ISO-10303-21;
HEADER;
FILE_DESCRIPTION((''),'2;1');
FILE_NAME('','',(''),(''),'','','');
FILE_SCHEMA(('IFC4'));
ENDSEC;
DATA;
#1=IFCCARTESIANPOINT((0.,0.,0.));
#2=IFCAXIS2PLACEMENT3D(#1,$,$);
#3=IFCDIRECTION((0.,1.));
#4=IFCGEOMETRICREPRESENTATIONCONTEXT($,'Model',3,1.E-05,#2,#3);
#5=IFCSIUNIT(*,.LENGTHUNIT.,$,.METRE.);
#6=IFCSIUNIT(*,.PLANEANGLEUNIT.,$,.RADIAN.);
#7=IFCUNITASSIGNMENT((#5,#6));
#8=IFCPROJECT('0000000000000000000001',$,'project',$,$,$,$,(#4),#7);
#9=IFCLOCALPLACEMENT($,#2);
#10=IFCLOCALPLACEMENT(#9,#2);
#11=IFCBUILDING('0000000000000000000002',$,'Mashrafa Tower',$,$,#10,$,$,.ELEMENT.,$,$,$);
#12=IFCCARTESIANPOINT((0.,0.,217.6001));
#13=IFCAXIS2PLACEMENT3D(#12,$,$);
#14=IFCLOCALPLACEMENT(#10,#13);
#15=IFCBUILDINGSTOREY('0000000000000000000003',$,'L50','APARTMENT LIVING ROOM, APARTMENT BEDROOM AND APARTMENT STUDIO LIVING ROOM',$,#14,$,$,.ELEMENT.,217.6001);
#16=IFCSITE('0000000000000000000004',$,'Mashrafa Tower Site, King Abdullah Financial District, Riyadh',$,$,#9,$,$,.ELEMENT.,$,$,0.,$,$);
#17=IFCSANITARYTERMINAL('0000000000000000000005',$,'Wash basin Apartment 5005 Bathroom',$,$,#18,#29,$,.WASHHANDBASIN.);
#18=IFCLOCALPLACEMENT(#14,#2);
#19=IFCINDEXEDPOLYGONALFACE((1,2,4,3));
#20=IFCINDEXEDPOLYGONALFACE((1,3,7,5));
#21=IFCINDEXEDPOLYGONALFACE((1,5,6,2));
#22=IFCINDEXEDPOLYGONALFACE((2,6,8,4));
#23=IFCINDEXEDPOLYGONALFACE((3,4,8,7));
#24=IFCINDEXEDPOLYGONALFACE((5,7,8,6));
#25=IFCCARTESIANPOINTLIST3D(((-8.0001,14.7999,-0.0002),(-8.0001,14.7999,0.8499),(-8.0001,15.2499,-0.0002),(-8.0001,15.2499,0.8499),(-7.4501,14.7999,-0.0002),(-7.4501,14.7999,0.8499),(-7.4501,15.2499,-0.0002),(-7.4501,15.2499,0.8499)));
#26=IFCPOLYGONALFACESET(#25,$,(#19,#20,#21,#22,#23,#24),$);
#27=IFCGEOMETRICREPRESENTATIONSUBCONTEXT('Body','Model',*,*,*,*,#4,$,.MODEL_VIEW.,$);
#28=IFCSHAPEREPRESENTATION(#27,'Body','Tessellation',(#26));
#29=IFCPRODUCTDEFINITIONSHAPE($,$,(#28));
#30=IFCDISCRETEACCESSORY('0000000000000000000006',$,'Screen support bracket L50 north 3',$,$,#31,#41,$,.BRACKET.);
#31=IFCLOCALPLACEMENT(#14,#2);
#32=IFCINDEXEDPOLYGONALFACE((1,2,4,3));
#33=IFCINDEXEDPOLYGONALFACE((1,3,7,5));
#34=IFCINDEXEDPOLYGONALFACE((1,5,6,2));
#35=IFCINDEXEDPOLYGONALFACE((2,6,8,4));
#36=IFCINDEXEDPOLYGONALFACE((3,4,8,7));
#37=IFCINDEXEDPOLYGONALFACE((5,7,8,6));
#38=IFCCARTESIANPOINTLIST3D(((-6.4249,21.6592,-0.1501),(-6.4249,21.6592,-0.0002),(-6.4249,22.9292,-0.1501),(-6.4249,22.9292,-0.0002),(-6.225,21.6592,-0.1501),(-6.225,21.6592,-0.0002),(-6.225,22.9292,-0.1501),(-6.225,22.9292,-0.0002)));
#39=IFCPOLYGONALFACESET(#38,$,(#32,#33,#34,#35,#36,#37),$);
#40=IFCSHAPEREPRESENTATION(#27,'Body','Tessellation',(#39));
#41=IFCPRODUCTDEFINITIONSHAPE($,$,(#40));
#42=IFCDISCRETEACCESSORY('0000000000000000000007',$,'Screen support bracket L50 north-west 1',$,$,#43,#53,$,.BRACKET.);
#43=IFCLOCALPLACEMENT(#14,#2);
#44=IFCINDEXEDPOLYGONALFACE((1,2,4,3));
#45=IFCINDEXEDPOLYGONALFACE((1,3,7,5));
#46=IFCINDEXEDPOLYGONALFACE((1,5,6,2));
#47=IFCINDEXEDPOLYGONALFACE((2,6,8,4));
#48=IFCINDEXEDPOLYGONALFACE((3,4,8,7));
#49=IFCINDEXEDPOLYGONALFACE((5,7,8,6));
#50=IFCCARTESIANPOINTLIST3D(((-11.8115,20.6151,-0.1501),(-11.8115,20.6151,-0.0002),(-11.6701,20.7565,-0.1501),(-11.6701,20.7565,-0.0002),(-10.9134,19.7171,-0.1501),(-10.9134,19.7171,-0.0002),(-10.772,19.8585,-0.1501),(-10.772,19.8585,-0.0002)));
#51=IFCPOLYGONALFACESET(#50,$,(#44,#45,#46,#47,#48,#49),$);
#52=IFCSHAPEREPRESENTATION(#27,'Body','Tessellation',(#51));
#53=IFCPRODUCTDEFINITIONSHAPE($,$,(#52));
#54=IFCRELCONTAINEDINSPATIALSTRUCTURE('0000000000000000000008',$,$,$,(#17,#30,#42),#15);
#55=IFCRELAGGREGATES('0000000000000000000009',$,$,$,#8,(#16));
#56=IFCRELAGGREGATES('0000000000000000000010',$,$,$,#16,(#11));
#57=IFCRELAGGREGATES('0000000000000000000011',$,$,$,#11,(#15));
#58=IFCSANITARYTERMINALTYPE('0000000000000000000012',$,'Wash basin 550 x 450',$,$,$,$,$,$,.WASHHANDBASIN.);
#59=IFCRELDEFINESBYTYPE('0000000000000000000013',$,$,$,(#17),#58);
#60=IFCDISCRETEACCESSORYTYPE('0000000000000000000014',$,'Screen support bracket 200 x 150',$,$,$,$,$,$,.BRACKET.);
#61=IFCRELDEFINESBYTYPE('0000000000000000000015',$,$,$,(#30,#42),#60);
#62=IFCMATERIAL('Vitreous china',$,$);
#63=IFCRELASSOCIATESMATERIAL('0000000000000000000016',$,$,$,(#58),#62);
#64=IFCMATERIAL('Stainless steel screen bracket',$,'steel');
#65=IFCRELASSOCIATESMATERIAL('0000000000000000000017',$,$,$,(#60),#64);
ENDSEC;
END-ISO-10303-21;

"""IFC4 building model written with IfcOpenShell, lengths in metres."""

from ifc_helpers import new_model, si_unit, direction, frame, origin, origin_2d, place, context, subcontext, project, spatial, rectangle, extrude, source, transform, mapped, material, type_object, type_shapes, element, save


model = new_model("IFC4")

# Units and contexts
model_context = context("Model", 3, precision=1e-05, world=origin(), true_north=direction((0.0, 1.0)))
body_context = subcontext(model_context, "Body", "Model", "MODEL_VIEW")
ifc_project = project(units=[si_unit("LENGTHUNIT", "METRE"), si_unit("PLANEANGLEUNIT", "RADIAN")], contexts=[model_context])

# Site, building, storey
site_placement = place(None, origin())
site = spatial("IfcSite", under=ifc_project, at=site_placement, Name="Mashrafa Tower Site, King Abdullah Financial District, Riyadh", CompositionType="ELEMENT", RefElevation=0.0)
building_placement = place(site_placement, origin())
building = spatial("IfcBuilding", under=site, at=building_placement, Name="Mashrafa Tower", CompositionType="ELEMENT")
storey_placement = place(building_placement, frame((0.0, 0.0, 217.6001)))
storey = spatial("IfcBuildingStorey", under=building, at=storey_placement, Name="L50", Description="APARTMENT LIVING ROOM, APARTMENT BEDROOM AND APARTMENT STUDIO LIVING ROOM", CompositionType="ELEMENT", Elevation=217.6001)

# Sanitary terminal
ifc_material_1 = material(Name="Vitreous china")
sanitary_terminal_type_1 = type_object("IfcSanitaryTerminalType", Name="Wash basin 550 x 450", PredefinedType="WASHHANDBASIN", material=ifc_material_1)
sanitary_terminal_1_placement = place(storey_placement, frame((-7.7251, 15.0249, -0.0002), z_axis=(0.0, 0.0, 1.0), x_axis=(-1.0, 0.0, 0.0)))
element("IfcSanitaryTerminal", 1, at=sanitary_terminal_1_placement, inside=storey, type_object=sanitary_terminal_type_1, Name="Wash basin Apartment 5005 Bathroom", PredefinedType="WASHHANDBASIN", context=body_context, shape_type="SweptSolid", body=[
    extrude(rectangle(XDim=0.55, YDim=0.45, at=origin_2d()), origin(), (0.0, 0.0, 1.0), 0.8501),
])

# Discrete accessories
ifc_material_2 = material(Name="Stainless steel screen bracket", Category="steel")
discrete_accessory_type = type_object("IfcDiscreteAccessoryType", Name="Screen support bracket 200 x 150", PredefinedType="BRACKET", material=ifc_material_2)
shared_shape_1 = source(origin(), body_context, "Body", "SweptSolid", [
    extrude(rectangle(XDim=0.2, YDim=1.27, at=origin_2d()), origin(), (0.0, 0.0, 1.0), 0.1499),
])
type_shapes(discrete_accessory_type, [shared_shape_1])
for number, where, z_axis, x_axis, name in (
    (2, (-6.325, 22.2942, -0.1501), (0.0, 0.0, 1.0), (-1.0, 0.0, 0.0), "Screen support bracket L50 north 3"),
    (3, (-11.2917, 20.2368, -0.1501), (0.0, 0.0, 1.0), (-0.707107, -0.707107, 0.0), "Screen support bracket L50 north-west 1"),
):
    element("IfcDiscreteAccessory", number, at=place(storey_placement, frame(where, z_axis=z_axis, x_axis=x_axis)), inside=storey, type_object=discrete_accessory_type, Name=name, PredefinedType="BRACKET", context=body_context, shape_type="MappedRepresentation", body=[
        mapped(shared_shape_1, transform((0.0, 0.0, 0.0))),
    ])

save(model, "model.ifc")
